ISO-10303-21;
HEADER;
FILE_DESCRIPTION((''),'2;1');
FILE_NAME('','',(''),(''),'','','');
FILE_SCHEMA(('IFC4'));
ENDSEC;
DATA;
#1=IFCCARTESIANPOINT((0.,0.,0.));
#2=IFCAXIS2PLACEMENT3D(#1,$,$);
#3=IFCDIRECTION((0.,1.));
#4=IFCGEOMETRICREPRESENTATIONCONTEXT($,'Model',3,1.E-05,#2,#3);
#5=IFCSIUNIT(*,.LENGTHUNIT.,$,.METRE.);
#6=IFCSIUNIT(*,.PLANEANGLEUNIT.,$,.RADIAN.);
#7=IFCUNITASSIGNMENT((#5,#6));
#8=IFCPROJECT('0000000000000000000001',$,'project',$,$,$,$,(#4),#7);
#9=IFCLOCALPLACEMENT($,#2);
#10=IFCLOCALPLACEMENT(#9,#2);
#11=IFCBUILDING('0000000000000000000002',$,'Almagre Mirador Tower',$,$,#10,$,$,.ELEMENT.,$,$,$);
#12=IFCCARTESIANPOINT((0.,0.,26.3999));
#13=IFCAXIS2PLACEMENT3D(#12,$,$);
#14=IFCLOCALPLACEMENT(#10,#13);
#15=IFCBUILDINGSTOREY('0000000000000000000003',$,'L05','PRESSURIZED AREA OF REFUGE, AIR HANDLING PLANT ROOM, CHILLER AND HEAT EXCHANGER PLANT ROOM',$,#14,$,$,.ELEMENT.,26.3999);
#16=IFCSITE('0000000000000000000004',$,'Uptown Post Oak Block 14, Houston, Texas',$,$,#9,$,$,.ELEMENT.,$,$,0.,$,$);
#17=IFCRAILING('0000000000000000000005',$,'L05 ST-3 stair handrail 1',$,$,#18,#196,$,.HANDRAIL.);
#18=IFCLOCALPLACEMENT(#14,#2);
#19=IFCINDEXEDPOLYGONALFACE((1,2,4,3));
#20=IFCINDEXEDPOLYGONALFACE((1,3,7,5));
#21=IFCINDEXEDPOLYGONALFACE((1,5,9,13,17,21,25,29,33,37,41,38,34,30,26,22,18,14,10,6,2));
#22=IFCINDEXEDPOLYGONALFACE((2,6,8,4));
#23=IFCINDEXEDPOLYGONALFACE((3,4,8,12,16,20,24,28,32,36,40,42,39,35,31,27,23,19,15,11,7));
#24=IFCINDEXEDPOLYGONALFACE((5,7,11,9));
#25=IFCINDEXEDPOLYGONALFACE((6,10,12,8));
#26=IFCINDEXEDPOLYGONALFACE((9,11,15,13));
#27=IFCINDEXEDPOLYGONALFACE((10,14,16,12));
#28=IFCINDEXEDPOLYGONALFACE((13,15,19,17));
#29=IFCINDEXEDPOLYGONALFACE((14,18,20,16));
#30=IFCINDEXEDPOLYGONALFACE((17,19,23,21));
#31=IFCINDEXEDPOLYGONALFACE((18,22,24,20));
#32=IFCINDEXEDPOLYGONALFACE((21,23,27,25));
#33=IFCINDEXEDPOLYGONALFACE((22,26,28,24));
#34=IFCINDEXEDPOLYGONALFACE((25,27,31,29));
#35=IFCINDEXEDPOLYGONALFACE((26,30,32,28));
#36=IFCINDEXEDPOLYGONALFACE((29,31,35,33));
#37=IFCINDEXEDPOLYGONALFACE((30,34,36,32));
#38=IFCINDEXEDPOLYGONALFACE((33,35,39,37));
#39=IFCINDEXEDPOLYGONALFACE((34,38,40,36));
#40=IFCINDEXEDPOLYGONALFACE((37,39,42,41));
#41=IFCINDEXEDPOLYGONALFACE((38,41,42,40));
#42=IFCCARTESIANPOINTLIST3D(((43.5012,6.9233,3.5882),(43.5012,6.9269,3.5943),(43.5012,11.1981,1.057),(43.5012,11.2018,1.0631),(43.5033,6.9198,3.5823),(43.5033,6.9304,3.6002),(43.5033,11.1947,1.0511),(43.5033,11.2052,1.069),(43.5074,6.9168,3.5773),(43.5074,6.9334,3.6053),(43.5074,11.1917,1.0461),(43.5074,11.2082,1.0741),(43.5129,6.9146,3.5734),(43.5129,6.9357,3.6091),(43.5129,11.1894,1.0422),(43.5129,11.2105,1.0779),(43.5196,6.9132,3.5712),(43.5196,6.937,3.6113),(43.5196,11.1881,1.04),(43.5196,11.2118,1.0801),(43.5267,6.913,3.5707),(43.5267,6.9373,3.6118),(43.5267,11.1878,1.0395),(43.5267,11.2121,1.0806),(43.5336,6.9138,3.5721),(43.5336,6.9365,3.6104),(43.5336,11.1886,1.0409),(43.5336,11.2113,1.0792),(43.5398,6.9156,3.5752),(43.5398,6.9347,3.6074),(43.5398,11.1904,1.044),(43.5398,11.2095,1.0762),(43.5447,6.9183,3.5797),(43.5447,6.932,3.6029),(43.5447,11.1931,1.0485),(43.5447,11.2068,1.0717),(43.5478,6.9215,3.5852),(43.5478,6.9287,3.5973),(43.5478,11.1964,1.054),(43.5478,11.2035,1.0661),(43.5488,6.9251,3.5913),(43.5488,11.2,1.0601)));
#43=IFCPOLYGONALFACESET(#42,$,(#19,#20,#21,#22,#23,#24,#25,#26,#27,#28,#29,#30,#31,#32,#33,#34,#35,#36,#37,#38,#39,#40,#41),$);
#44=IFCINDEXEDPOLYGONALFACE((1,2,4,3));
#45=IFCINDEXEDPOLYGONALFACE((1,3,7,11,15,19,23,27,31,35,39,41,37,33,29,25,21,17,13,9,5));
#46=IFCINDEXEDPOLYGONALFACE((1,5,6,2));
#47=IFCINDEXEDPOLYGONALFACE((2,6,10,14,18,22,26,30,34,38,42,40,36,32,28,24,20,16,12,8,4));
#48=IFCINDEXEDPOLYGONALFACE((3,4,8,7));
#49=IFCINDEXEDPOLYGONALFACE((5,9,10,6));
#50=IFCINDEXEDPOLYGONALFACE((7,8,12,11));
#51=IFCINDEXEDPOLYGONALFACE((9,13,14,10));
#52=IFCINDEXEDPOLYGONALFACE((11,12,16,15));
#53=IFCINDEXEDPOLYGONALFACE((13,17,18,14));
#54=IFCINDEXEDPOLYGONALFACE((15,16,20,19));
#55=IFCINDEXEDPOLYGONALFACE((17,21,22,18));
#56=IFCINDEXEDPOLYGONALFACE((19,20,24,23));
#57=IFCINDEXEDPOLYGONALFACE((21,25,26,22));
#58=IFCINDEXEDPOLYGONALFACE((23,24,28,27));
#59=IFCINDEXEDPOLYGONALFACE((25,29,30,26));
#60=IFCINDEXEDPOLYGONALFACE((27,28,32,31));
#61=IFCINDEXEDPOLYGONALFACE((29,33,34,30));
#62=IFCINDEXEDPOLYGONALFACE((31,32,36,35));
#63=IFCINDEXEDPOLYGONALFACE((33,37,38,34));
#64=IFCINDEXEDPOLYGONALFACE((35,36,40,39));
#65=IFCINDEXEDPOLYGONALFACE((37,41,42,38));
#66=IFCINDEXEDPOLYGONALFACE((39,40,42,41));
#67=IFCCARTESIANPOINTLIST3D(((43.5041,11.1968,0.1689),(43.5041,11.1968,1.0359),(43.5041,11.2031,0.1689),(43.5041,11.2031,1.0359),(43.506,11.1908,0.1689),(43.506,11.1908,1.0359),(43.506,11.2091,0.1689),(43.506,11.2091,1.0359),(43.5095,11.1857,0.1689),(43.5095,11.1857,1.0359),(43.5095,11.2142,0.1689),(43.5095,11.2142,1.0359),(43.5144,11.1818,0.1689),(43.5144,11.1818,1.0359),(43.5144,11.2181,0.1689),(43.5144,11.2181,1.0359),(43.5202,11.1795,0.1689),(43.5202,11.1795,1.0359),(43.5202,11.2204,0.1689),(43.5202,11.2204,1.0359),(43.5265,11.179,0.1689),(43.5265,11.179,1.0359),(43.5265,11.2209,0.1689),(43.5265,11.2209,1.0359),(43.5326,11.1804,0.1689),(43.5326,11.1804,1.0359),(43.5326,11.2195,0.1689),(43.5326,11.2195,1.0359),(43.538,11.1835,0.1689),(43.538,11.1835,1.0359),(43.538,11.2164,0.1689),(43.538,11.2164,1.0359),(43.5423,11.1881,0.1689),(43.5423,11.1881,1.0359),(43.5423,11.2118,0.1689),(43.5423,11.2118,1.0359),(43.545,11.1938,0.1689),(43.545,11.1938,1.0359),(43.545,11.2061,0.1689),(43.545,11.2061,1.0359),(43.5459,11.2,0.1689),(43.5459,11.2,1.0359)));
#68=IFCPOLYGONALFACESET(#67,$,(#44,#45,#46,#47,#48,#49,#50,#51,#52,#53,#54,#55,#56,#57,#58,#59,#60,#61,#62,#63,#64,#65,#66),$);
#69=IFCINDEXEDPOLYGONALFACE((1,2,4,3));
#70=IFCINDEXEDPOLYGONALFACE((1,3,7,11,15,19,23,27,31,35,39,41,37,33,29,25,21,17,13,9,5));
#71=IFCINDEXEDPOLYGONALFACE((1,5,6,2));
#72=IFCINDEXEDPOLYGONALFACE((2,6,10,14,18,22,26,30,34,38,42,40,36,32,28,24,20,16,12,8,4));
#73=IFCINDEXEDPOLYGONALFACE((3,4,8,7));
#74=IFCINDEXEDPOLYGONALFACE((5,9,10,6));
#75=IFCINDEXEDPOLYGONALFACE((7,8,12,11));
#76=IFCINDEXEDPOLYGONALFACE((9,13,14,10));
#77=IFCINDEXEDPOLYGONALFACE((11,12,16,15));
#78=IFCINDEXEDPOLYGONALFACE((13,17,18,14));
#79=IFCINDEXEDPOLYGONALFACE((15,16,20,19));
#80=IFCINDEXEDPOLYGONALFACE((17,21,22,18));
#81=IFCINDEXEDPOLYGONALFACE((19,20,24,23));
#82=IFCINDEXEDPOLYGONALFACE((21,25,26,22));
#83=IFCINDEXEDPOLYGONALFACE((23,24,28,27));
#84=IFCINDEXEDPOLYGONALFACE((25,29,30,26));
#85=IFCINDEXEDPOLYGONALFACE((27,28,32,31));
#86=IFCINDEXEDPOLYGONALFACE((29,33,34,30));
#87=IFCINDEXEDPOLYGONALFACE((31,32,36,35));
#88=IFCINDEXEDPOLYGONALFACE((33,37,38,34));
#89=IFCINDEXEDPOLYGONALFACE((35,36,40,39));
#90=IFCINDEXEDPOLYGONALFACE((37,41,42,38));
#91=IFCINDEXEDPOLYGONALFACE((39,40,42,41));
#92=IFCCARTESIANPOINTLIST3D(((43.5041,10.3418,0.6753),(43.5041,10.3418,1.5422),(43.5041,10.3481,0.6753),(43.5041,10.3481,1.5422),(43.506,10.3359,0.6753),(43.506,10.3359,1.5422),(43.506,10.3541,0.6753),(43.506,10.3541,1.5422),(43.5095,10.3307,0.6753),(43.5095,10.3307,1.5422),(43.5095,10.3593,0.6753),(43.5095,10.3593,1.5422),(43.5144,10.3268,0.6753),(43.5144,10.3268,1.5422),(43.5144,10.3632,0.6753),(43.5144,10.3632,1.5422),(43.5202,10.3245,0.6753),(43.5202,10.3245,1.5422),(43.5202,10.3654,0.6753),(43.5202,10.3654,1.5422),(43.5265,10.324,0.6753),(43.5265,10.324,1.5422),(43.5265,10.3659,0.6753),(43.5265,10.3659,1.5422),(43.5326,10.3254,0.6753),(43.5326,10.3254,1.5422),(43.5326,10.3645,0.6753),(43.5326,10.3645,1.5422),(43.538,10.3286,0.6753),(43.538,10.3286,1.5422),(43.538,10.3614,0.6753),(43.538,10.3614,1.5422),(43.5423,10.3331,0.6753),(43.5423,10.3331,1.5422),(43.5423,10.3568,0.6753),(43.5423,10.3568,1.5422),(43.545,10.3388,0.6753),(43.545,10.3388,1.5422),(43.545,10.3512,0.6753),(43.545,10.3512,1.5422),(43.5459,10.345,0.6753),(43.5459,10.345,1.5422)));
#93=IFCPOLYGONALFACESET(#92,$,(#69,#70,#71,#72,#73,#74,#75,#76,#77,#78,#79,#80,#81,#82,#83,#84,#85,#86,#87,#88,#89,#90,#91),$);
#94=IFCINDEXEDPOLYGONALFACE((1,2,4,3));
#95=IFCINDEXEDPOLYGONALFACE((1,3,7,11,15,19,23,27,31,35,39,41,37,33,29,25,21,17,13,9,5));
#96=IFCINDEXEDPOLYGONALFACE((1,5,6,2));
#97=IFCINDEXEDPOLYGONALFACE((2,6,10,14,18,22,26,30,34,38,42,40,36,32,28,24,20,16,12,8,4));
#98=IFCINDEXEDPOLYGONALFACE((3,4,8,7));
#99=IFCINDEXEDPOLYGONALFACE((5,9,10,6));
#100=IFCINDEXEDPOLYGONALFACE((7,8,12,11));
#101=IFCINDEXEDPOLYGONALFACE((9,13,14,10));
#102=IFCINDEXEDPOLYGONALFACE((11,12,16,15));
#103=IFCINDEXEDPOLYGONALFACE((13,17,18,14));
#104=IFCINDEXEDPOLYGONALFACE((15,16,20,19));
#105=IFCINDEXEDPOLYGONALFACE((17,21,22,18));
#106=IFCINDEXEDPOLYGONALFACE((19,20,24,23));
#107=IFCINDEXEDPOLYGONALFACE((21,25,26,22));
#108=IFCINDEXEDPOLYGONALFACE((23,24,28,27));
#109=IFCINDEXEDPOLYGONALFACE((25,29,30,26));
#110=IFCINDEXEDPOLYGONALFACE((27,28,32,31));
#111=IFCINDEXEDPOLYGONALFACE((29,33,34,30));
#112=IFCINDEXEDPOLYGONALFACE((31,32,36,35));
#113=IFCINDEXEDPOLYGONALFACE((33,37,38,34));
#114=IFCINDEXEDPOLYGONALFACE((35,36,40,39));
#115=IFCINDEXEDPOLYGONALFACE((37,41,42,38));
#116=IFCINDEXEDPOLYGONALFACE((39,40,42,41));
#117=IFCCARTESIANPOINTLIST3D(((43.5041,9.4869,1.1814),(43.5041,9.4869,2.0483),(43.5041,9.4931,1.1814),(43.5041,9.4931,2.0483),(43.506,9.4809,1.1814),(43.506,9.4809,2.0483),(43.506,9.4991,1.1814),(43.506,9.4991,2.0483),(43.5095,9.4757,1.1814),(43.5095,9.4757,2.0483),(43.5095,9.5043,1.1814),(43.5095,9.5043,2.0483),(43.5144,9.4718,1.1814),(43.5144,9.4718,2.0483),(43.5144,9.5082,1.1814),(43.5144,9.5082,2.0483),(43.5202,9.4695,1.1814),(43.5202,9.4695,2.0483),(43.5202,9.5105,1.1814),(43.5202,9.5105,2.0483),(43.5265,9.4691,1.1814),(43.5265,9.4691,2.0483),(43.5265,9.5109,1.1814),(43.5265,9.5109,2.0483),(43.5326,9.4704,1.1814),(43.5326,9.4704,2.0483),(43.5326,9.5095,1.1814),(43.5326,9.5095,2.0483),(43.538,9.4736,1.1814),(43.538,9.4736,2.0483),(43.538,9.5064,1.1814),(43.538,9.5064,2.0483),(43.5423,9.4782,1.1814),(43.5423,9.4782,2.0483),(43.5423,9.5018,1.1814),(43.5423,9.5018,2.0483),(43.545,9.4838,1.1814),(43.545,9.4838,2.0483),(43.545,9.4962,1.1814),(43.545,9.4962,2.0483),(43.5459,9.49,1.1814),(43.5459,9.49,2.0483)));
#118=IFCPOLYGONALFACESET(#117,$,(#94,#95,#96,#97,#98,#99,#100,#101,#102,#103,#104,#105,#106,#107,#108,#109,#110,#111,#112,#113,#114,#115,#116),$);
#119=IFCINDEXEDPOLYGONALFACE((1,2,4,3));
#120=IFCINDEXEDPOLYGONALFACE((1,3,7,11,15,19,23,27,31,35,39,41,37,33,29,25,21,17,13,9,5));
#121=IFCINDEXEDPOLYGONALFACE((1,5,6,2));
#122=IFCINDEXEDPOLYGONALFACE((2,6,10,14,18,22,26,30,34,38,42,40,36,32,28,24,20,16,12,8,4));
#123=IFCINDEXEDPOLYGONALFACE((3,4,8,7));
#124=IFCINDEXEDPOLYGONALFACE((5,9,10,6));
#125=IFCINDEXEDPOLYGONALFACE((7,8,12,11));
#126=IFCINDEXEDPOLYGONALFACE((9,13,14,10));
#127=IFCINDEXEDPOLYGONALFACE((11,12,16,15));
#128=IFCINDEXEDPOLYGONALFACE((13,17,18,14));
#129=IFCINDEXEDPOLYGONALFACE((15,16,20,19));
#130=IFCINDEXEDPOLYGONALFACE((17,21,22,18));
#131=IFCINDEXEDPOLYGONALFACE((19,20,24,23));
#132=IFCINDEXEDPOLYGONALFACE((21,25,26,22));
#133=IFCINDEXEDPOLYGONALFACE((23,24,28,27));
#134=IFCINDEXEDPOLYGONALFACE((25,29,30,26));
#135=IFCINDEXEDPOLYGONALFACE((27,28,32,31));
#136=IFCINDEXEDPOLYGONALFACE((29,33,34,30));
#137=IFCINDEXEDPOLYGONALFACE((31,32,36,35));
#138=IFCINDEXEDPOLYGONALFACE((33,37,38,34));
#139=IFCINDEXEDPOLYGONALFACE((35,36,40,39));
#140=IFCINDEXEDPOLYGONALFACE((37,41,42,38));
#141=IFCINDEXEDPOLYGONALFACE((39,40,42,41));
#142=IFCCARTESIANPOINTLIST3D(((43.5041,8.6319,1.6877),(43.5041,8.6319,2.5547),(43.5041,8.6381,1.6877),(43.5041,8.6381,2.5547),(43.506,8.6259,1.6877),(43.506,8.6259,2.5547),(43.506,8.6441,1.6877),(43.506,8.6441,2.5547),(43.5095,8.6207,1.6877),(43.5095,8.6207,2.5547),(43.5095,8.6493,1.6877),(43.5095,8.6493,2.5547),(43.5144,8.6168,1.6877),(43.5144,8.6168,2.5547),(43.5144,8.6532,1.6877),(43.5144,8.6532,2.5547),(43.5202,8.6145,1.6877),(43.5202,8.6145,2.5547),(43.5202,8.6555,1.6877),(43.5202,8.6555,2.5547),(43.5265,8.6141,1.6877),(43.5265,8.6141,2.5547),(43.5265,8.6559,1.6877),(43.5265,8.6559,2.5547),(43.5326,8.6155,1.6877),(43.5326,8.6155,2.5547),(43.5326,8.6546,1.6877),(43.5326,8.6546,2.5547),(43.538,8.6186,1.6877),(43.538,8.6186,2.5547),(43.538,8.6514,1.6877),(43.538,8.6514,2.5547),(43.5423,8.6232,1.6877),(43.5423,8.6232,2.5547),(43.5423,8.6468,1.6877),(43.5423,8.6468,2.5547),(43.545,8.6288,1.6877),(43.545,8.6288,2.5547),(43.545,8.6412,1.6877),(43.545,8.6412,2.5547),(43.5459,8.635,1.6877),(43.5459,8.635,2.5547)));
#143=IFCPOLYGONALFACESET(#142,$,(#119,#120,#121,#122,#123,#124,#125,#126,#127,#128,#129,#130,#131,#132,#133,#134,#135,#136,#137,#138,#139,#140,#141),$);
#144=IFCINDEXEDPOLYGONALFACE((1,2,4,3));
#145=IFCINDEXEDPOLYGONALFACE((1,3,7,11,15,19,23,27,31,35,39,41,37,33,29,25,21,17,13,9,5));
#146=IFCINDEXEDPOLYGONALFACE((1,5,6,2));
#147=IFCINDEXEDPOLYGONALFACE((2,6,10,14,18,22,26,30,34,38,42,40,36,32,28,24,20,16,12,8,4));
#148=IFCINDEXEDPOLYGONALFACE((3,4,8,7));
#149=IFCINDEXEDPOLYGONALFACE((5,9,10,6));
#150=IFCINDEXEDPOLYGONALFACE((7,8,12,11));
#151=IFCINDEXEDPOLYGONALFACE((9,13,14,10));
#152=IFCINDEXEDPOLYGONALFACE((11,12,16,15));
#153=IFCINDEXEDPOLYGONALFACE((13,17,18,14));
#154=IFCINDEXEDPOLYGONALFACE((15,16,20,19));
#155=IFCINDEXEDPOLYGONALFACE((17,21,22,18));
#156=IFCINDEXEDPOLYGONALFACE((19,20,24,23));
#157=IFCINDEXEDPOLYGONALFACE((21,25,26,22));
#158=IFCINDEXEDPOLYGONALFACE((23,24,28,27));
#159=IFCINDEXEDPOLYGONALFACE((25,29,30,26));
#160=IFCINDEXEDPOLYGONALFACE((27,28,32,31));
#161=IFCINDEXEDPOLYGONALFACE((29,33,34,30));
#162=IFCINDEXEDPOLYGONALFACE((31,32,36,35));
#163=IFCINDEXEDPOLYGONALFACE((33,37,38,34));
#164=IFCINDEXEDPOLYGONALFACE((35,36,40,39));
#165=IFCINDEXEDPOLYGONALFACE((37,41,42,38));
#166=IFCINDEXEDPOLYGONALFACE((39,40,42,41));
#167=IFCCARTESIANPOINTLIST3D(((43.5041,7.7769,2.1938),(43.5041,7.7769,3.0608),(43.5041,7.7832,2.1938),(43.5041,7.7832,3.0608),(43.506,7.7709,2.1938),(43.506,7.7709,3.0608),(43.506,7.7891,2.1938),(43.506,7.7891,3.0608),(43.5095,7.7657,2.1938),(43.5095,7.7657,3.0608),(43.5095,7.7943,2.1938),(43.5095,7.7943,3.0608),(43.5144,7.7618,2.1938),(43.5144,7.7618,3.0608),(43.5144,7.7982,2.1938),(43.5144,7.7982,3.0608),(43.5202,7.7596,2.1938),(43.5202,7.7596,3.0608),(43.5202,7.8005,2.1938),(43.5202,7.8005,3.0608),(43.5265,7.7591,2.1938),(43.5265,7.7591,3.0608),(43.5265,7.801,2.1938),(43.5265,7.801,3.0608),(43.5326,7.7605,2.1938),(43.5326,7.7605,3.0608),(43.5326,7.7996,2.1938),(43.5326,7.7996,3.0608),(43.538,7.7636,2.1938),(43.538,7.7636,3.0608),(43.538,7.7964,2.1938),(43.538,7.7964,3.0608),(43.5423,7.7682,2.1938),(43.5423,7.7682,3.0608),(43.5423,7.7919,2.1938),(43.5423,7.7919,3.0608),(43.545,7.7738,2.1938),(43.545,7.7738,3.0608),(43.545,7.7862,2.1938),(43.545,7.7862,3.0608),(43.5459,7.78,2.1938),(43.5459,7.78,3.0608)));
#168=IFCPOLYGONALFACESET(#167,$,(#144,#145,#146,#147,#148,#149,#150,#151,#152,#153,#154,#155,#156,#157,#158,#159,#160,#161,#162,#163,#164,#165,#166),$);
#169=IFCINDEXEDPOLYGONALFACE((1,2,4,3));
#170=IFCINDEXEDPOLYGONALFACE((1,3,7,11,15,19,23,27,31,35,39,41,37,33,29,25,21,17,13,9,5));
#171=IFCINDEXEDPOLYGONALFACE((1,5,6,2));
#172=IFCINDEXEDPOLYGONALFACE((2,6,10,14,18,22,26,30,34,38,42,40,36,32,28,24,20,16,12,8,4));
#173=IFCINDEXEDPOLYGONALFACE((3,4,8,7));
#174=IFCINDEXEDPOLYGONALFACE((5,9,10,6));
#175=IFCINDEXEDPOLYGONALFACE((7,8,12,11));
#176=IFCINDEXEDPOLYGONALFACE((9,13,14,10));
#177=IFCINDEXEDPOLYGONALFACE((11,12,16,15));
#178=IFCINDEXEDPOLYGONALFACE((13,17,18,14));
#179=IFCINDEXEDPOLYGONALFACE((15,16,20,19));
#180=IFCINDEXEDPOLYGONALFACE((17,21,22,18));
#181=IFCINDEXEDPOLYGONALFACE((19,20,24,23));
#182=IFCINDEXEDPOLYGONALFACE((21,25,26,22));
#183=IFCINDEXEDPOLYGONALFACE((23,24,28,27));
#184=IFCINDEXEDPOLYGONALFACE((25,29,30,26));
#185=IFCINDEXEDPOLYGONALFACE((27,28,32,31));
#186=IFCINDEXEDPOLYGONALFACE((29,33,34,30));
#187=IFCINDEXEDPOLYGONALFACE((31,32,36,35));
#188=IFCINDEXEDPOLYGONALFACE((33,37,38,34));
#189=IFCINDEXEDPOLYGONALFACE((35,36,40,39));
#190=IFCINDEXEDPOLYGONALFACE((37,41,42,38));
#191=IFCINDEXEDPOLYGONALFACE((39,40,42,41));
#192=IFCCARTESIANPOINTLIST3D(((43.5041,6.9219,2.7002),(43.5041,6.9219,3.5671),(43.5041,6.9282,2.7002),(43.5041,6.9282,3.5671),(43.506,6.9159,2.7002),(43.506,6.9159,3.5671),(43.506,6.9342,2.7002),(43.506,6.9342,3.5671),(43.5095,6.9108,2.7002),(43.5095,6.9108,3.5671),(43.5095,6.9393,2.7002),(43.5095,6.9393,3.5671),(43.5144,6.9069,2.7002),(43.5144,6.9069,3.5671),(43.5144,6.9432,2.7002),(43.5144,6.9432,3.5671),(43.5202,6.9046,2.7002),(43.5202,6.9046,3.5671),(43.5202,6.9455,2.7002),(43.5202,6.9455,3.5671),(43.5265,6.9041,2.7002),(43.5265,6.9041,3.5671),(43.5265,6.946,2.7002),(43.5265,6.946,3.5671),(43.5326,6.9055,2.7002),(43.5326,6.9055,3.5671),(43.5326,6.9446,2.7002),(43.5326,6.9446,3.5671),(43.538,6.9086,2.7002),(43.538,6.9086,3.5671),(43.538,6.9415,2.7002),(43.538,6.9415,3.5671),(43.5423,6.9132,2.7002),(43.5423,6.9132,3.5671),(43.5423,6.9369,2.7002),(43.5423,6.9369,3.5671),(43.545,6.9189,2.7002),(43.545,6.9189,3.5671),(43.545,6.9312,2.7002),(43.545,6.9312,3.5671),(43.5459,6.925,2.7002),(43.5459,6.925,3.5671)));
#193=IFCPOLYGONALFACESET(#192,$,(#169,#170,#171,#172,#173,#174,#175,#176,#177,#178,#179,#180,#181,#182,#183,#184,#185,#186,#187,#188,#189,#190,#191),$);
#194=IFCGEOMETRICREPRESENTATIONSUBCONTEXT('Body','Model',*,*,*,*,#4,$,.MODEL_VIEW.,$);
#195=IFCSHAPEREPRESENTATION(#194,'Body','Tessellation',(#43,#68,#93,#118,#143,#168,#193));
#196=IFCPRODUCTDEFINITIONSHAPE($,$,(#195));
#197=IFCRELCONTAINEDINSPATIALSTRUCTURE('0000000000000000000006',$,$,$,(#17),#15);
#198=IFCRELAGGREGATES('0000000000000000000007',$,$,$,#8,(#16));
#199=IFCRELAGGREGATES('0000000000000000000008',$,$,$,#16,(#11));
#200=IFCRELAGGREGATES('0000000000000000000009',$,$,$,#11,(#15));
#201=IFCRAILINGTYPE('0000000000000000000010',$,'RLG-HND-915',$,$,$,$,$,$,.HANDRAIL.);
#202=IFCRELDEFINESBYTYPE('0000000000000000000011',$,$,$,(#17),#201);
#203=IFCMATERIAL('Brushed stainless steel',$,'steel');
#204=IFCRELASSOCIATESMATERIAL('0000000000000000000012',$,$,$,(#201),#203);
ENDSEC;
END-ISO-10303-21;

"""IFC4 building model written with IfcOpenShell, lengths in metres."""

from ifc_helpers import new_model, si_unit, direction, frame, origin, origin_2d, place, context, subcontext, project, spatial, circle, extrude, material, type_object, element, save


model = new_model("IFC4")

# Units and contexts
model_context = context("Model", 3, precision=1e-05, world=origin(), true_north=direction((0.0, 1.0)))
body_context = subcontext(model_context, "Body", "Model", "MODEL_VIEW")
ifc_project = project(units=[si_unit("LENGTHUNIT", "METRE"), si_unit("PLANEANGLEUNIT", "RADIAN")], contexts=[model_context])

# Site, building, storey
site_placement = place(None, origin())
site = spatial("IfcSite", under=ifc_project, at=site_placement, Name="Uptown Post Oak Block 14, Houston, Texas", CompositionType="ELEMENT", RefElevation=0.0)
building_placement = place(site_placement, origin())
building = spatial("IfcBuilding", under=site, at=building_placement, Name="Almagre Mirador Tower", CompositionType="ELEMENT")
storey_placement = place(building_placement, frame((0.0, 0.0, 26.3999)))
storey = spatial("IfcBuildingStorey", under=building, at=storey_placement, Name="L05", Description="PRESSURIZED AREA OF REFUGE, AIR HANDLING PLANT ROOM, CHILLER AND HEAT EXCHANGER PLANT ROOM", CompositionType="ELEMENT", Elevation=26.3999)

# Railing
ifc_material_1 = material(Name="Brushed stainless steel", Category="steel")
railing_type_1 = type_object("IfcRailingType", Name="RLG-HND-915", PredefinedType="HANDRAIL", material=ifc_material_1)
railing_1_placement = place(storey_placement, frame((43.5249, 11.2, 0.1689)))
element("IfcRailing", 1, at=railing_1_placement, inside=storey, type_object=railing_type_1, Name="L05 ST-3 stair handrail 1", PredefinedType="HANDRAIL", context=body_context, shape_type="SweptSolid", body=[
    extrude(circle(Radius=0.0239, at=origin_2d()), frame((0.0, 0.0, 0.8911), z_axis=(0.0, -0.86047, 0.509501), x_axis=(1.0, 0.0, 0.0)), (0.0, 0.0, 1.0), 4.968),
    extrude(circle(Radius=0.021, at=origin_2d()), origin(), (0.0, 0.0, 1.0), 0.8669),
    extrude(circle(Radius=0.021, at=origin_2d()), frame((0.0, -0.855, 0.5063)), (0.0, 0.0, 1.0), 0.8669),
    extrude(circle(Radius=0.021, at=origin_2d()), frame((0.0, -1.71, 1.0125)), (0.0, 0.0, 1.0), 0.8669),
    extrude(circle(Radius=0.021, at=origin_2d()), frame((0.0, -2.5649, 1.5188)), (0.0, 0.0, 1.0), 0.8669),
    extrude(circle(Radius=0.021, at=origin_2d()), frame((0.0, -3.4199, 2.0249)), (0.0, 0.0, 1.0), 0.8669),
    extrude(circle(Radius=0.021, at=origin_2d()), frame((0.0, -4.2749, 2.5312)), (0.0, 0.0, 1.0), 0.8669),
])

save(model, "model.ifc")
